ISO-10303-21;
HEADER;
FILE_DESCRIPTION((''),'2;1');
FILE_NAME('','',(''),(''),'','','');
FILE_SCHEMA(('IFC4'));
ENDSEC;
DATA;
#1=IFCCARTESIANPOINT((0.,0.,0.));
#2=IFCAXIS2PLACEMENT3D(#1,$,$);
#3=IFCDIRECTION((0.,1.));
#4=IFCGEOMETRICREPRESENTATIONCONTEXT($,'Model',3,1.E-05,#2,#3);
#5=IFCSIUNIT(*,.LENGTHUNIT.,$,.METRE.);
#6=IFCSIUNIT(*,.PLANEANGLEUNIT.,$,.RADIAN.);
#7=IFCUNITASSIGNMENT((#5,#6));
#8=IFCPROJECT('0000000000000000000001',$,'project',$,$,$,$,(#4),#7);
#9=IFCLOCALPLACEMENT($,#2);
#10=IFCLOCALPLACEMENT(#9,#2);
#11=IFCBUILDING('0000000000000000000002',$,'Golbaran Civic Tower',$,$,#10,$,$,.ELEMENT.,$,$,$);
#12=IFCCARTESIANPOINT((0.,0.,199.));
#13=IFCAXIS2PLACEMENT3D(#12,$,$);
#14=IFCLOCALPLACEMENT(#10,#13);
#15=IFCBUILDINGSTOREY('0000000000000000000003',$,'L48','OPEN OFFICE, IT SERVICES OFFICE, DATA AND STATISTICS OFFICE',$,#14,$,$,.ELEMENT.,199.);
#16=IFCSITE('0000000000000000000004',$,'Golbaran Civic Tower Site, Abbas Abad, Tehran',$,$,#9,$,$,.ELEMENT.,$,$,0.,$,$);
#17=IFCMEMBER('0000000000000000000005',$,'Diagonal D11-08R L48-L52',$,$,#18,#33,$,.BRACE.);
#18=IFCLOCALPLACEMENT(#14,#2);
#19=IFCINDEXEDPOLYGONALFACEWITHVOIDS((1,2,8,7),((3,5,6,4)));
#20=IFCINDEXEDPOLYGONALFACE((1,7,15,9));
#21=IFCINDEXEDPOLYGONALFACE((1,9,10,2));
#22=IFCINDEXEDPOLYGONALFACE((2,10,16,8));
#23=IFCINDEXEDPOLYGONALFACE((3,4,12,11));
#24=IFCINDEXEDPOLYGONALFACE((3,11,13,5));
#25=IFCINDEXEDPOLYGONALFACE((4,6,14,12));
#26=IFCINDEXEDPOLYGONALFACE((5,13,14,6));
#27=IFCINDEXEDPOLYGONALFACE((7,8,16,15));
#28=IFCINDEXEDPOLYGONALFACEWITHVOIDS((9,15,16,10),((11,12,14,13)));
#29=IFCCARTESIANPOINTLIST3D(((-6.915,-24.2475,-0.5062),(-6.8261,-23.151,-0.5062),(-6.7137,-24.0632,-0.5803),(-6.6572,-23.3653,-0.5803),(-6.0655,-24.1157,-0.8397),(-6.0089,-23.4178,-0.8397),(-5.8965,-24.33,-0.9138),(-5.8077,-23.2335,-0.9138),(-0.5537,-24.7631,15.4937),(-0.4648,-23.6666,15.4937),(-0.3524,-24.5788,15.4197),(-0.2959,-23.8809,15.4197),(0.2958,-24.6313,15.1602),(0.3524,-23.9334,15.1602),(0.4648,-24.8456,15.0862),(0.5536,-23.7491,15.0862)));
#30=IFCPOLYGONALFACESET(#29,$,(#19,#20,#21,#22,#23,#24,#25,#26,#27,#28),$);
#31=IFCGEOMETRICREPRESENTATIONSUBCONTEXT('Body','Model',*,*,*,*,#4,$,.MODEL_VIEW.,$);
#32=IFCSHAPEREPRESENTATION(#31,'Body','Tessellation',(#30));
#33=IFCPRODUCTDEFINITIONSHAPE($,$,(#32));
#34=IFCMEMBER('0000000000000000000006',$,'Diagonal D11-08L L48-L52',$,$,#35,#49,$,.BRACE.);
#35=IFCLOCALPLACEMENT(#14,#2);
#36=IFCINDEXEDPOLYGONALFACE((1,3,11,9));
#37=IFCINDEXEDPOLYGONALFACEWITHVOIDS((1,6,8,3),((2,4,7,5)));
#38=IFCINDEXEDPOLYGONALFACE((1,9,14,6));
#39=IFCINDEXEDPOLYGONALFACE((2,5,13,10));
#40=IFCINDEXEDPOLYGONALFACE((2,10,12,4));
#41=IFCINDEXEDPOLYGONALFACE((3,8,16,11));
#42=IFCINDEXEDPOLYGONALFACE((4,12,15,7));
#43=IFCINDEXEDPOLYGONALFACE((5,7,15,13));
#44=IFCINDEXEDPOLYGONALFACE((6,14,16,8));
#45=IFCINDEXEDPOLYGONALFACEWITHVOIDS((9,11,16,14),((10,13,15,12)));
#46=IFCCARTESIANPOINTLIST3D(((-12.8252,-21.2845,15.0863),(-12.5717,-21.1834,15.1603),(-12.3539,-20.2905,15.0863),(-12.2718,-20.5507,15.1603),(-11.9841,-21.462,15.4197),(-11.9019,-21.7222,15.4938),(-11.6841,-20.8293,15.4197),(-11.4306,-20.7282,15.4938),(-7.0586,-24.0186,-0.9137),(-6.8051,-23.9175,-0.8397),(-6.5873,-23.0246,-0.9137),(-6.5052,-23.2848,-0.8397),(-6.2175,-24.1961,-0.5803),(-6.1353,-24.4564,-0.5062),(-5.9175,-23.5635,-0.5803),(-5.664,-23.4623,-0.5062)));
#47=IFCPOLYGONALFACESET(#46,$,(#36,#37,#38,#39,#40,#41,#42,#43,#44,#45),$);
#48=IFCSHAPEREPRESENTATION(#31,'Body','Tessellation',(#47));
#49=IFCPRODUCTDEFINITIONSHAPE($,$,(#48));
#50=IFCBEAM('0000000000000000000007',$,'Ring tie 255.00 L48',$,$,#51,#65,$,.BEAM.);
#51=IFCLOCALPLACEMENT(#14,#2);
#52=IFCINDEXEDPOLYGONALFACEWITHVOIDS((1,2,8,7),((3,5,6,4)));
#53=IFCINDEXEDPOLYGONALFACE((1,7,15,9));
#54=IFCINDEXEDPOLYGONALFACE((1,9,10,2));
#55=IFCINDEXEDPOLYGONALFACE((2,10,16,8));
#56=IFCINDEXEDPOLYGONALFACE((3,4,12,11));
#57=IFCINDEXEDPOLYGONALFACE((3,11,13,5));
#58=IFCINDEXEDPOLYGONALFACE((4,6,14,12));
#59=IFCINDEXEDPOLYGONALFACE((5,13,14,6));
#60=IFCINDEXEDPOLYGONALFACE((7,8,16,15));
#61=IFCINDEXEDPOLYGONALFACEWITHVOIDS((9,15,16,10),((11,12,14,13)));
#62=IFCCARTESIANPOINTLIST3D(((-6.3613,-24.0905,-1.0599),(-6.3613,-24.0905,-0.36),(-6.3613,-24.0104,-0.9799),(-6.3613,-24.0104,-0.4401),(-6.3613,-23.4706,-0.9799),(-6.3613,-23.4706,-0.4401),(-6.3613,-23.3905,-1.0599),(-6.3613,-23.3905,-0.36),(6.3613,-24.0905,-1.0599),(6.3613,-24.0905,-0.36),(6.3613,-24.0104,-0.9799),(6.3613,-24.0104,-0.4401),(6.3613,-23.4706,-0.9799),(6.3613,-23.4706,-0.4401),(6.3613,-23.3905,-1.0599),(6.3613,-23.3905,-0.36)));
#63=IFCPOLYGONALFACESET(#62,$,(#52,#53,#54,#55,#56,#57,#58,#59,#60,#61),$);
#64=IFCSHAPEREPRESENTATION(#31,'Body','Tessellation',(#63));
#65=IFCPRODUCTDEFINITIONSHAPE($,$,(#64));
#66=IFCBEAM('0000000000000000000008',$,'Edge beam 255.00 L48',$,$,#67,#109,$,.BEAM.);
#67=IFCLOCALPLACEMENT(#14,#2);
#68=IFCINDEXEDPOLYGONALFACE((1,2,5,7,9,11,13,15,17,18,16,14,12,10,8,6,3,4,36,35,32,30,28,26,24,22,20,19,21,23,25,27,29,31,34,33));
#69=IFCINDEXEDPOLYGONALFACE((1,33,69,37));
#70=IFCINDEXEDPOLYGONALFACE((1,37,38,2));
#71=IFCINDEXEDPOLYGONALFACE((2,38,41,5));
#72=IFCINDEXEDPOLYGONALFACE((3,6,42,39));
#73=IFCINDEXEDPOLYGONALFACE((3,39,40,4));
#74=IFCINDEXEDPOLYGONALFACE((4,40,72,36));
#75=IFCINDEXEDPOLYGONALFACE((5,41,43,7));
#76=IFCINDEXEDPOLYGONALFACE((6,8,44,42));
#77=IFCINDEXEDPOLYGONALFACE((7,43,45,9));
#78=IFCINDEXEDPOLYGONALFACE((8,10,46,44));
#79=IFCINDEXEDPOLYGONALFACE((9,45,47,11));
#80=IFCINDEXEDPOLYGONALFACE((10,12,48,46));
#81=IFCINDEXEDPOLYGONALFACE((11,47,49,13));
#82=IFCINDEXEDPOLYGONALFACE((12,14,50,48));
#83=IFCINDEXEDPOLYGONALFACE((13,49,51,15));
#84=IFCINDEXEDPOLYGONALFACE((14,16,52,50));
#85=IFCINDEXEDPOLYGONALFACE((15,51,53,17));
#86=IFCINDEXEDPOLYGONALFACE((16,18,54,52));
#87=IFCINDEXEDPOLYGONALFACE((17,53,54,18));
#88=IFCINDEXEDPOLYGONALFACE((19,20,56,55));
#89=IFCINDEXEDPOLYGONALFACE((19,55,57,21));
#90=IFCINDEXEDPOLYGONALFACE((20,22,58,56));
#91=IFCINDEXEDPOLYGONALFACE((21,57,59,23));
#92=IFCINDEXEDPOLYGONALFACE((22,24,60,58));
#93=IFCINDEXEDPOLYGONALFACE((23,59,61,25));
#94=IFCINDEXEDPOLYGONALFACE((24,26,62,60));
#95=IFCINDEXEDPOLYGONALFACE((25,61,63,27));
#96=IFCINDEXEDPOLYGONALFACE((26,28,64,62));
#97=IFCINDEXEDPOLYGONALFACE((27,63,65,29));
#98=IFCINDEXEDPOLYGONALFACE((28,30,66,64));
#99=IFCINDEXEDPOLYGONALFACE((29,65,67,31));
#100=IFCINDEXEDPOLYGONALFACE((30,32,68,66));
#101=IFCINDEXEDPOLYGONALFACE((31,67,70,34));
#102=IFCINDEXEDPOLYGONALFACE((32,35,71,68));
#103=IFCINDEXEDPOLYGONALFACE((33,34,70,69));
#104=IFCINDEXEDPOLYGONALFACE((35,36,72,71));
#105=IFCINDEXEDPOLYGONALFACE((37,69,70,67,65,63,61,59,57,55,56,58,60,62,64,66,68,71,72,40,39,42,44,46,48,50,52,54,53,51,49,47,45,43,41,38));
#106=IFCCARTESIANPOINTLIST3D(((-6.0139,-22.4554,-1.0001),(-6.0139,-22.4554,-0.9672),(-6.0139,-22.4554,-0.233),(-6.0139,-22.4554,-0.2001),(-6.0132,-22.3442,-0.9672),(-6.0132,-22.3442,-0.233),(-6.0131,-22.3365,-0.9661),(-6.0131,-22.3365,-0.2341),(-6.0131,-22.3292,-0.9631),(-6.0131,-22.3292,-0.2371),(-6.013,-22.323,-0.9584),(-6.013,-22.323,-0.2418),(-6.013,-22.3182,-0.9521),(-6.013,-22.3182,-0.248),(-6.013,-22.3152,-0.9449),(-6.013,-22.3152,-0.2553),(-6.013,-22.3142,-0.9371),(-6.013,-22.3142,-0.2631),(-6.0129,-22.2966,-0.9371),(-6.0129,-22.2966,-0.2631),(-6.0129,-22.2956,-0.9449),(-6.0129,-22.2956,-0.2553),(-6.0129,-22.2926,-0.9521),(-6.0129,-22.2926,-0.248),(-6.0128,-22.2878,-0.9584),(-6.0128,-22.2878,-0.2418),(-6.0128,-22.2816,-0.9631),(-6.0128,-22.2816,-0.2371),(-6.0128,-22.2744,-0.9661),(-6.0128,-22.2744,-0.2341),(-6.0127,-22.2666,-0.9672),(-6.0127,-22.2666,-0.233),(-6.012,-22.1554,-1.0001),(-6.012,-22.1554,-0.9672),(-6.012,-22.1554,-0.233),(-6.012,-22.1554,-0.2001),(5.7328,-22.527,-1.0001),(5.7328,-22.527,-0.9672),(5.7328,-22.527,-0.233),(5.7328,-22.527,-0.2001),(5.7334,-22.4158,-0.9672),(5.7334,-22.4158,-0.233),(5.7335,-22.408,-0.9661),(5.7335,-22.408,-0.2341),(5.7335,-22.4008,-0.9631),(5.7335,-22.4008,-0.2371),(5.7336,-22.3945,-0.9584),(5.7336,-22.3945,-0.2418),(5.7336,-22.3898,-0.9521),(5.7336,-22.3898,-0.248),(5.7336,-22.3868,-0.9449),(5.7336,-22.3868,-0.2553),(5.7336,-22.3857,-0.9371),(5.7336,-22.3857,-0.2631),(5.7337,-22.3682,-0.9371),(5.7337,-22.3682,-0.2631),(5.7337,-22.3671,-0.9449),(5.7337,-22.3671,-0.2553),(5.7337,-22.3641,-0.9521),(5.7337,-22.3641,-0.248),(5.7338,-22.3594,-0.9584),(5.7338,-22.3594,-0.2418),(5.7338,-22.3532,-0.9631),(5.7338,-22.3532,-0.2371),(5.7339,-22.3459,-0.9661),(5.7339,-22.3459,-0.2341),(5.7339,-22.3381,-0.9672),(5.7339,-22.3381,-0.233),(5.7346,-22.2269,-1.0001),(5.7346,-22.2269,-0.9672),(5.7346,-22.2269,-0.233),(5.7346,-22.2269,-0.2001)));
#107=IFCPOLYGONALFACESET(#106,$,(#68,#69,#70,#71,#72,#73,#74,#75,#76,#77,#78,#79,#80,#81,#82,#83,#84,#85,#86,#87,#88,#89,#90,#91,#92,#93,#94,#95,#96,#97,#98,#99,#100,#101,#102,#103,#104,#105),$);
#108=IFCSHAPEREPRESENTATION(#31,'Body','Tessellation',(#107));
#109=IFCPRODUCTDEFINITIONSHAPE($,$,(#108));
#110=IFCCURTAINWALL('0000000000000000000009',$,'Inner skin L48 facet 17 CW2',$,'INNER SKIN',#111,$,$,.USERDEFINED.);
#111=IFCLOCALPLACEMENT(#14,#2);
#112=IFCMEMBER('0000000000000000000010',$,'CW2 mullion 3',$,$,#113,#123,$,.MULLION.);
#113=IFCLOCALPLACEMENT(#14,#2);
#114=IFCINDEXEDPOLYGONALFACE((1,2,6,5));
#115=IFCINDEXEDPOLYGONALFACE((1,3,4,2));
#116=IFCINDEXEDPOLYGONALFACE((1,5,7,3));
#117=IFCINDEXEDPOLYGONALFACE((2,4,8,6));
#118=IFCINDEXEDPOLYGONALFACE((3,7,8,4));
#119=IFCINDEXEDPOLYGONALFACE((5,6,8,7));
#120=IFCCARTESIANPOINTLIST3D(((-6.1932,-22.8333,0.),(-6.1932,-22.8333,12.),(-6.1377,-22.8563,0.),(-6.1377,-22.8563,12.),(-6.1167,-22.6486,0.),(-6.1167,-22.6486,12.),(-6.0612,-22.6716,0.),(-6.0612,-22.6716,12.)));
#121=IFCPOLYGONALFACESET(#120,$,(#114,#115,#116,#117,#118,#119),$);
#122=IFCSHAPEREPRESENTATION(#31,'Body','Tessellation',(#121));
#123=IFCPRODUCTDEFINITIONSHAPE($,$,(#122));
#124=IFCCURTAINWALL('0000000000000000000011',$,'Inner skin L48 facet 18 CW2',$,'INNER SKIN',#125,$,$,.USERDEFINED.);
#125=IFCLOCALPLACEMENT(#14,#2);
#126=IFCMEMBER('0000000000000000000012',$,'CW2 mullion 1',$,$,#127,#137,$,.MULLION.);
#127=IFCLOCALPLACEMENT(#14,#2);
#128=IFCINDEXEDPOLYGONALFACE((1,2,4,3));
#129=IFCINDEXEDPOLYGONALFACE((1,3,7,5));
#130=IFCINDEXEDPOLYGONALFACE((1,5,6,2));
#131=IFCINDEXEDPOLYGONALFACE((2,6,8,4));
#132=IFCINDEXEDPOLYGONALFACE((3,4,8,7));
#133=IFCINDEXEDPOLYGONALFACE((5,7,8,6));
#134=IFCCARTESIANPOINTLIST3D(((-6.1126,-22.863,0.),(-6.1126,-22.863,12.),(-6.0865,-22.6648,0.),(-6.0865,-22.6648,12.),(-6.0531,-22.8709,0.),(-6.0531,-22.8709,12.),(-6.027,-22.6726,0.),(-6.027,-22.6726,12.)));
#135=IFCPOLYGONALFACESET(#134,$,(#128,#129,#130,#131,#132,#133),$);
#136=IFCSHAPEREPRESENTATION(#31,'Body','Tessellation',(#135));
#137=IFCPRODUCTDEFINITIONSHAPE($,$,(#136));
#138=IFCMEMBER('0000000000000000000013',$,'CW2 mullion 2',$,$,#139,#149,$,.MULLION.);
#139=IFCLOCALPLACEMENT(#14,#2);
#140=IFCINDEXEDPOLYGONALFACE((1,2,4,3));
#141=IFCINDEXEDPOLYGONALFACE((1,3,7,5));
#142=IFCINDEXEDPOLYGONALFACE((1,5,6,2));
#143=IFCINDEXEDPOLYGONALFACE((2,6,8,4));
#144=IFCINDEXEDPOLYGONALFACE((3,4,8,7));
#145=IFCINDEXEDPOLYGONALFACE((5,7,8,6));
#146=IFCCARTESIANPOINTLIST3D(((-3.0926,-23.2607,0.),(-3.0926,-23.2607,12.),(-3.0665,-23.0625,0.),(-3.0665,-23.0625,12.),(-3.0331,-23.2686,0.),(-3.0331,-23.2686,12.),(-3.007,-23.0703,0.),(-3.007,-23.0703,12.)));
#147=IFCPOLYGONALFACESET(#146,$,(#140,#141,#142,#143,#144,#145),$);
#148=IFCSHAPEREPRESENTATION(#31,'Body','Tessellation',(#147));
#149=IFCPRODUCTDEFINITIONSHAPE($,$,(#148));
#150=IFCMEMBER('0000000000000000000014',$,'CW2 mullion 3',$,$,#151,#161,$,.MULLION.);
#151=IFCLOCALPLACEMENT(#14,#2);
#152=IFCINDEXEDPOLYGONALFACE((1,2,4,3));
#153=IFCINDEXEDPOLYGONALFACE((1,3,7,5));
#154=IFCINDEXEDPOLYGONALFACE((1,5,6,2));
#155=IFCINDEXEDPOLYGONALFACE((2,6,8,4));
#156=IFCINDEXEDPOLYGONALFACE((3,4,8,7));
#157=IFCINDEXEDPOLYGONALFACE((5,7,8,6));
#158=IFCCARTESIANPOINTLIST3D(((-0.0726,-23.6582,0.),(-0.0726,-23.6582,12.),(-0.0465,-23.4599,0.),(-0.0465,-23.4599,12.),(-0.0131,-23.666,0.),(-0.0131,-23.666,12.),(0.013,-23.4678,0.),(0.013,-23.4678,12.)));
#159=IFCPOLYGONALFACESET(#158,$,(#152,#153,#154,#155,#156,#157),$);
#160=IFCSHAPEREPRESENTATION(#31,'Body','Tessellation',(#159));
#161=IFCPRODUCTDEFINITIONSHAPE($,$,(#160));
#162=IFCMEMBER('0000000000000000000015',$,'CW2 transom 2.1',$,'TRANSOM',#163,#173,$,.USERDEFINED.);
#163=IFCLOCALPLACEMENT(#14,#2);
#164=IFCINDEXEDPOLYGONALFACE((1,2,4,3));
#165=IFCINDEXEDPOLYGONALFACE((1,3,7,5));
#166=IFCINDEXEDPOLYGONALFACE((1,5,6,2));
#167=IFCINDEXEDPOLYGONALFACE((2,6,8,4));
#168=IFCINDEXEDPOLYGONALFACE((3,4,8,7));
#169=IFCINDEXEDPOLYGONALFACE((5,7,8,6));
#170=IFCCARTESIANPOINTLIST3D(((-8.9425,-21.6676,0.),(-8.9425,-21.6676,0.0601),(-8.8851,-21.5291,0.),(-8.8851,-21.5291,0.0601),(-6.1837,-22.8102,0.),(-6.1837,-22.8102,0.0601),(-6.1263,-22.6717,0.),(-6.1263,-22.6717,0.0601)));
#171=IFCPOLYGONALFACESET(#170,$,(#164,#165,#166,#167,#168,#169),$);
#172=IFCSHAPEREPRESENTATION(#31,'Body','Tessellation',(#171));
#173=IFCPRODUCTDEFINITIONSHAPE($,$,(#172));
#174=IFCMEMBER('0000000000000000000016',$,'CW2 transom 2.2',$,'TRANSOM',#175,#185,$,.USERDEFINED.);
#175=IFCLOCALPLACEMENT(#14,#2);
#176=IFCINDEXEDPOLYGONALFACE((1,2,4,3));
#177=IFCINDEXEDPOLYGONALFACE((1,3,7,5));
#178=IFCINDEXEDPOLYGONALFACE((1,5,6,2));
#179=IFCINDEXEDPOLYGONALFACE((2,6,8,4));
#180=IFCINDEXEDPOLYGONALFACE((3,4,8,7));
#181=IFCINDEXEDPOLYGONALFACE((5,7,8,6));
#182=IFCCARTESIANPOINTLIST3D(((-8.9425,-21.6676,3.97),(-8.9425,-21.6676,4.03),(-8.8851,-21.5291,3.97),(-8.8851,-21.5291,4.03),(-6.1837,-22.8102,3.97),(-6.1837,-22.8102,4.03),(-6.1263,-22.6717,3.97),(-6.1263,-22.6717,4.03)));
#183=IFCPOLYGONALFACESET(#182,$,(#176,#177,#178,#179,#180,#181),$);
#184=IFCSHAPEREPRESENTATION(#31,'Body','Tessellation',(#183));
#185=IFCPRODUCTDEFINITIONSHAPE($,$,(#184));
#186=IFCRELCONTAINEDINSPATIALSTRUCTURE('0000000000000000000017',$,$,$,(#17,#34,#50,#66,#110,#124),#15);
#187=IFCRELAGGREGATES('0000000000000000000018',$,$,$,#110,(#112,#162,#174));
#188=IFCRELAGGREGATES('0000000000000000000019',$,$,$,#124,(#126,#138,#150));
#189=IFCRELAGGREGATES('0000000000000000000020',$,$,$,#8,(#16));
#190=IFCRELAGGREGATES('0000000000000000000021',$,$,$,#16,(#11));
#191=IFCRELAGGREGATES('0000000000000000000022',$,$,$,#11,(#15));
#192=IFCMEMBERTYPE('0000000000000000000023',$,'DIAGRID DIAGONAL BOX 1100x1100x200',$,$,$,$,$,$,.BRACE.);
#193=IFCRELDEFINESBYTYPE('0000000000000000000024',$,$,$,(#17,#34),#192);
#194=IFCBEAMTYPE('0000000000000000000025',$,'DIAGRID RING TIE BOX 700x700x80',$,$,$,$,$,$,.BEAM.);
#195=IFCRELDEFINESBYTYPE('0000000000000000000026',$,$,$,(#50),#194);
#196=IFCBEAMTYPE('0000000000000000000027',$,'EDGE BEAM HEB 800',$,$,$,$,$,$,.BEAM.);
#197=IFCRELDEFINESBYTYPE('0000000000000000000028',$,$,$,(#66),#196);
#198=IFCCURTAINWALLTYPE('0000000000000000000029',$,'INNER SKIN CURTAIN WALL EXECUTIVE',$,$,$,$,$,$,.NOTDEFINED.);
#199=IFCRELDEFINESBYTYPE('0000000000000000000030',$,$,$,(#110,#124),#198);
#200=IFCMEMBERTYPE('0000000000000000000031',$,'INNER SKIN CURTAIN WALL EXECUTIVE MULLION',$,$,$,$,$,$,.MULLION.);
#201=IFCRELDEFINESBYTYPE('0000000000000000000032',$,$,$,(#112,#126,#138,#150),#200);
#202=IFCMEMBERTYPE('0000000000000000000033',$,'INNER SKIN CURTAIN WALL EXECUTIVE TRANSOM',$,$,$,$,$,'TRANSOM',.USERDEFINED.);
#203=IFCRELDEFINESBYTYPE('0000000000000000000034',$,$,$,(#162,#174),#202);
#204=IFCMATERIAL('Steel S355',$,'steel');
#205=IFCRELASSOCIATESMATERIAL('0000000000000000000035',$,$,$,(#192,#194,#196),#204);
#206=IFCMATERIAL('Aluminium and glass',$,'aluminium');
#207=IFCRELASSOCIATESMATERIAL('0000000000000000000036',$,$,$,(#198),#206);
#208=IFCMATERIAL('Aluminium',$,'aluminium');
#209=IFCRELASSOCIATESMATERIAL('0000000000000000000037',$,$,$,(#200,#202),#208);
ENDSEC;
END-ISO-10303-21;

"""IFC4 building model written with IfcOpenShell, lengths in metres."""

from ifc_helpers import new_model, si_unit, direction, frame, origin, origin_2d, place, context, subcontext, project, spatial, rectangle, hollow_rectangle, i_section, extrude, material, material_profile, profile_set, type_object, element, aggregate, save


model = new_model("IFC4")

# Units and contexts
model_context = context("Model", 3, precision=1e-05, world=origin(), true_north=direction((0.0, 1.0)))
body_context = subcontext(model_context, "Body", "Model", "MODEL_VIEW")
ifc_project = project(units=[si_unit("LENGTHUNIT", "METRE"), si_unit("PLANEANGLEUNIT", "RADIAN")], contexts=[model_context])

# Site, building, storey
site_placement = place(None, origin())
site = spatial("IfcSite", under=ifc_project, at=site_placement, Name="Golbaran Civic Tower Site, Abbas Abad, Tehran", CompositionType="ELEMENT", RefElevation=0.0)
building_placement = place(site_placement, origin())
building = spatial("IfcBuilding", under=site, at=building_placement, Name="Golbaran Civic Tower", CompositionType="ELEMENT")
storey_placement = place(building_placement, frame((0.0, 0.0, 199.0)))
storey = spatial("IfcBuildingStorey", under=building, at=storey_placement, Name="L48", Description="OPEN OFFICE, IT SERVICES OFFICE, DATA AND STATISTICS OFFICE", CompositionType="ELEMENT", Elevation=199.0)

# Members
ifc_material_1 = material(Name="Steel S355", Category="steel")
ifc_material_profile_1 = material_profile(ifc_material_1, hollow_rectangle(XDim=1.1001, YDim=1.1001, WallThickness=0.2, at=origin_2d()), Name="BOX 1100x1100x200")
ifc_profile_set_1 = profile_set([ifc_material_profile_1], Name="Steel S355")
member_type_1 = type_object("IfcMemberType", Name="DIAGRID DIAGONAL BOX 1100x1100x200", PredefinedType="BRACE", material=ifc_profile_set_1)
for number, where, z_axis, x_axis, name in (
    (1, (-6.3613, -23.7405, -0.71), (0.369288, -0.029933, 0.928833), (0.080791, 0.996731, 0.0), "Diagonal D11-08R L48-L52"),
    (2, (-6.3613, -23.7405, -0.71), (-0.334765, 0.158723, 0.928838), (-0.428417, -0.903581, 0.0), "Diagonal D11-08L L48-L52"),
):
    element("IfcMember", number, at=place(storey_placement, frame(where, z_axis=z_axis, x_axis=x_axis)), inside=storey, type_object=member_type_1, Name=name, PredefinedType="BRACE", context=body_context, shape_type="SweptSolid", body=[
        extrude(hollow_rectangle(XDim=1.1001, YDim=1.1001, WallThickness=0.2, at=origin_2d()), origin(), (0.0, 0.0, 1.0), 17.2258),
    ])

# Beams
ifc_material_profile_2 = material_profile(ifc_material_1, hollow_rectangle(XDim=0.7, YDim=0.7, WallThickness=0.0801, at=origin_2d()), Name="BOX 700x700x80")
ifc_profile_set_2 = profile_set([ifc_material_profile_2], Name="Steel S355")
beam_type_1 = type_object("IfcBeamType", Name="DIAGRID RING TIE BOX 700x700x80", PredefinedType="BEAM", material=ifc_profile_set_2)
beam_1_placement = place(storey_placement, frame((-6.3613, -23.7405, -0.71), z_axis=(1.0, 0.0, 0.0), x_axis=(0.0, 1.0, 0.0)))
element("IfcBeam", 3, at=beam_1_placement, inside=storey, type_object=beam_type_1, Name="Ring tie 255.00 L48", PredefinedType="BEAM", context=body_context, shape_type="SweptSolid", body=[
    extrude(hollow_rectangle(XDim=0.7, YDim=0.7, WallThickness=0.0801, at=origin_2d()), origin(), (0.0, 0.0, 1.0), 12.7227),
])
ifc_material_profile_3 = material_profile(ifc_material_1, i_section(OverallWidth=0.3, OverallDepth=0.8, WebThickness=0.0176, FlangeThickness=0.033, FilletRadius=0.03, at=origin_2d()), Name="HEB 800")
ifc_profile_set_3 = profile_set([ifc_material_profile_3], Name="Steel S355")
beam_type_2 = type_object("IfcBeamType", Name="EDGE BEAM HEB 800", PredefinedType="BEAM", material=ifc_profile_set_3)
beam_2_placement = place(storey_placement, frame((-6.0129, -22.3054, -0.6001), z_axis=(0.999981, -0.00609, 0.0), x_axis=(0.00609, 0.999981, 0.0)))
element("IfcBeam", 4, at=beam_2_placement, inside=storey, type_object=beam_type_2, Name="Edge beam 255.00 L48", PredefinedType="BEAM", context=body_context, shape_type="SweptSolid", body=[
    extrude(i_section(OverallWidth=0.3, OverallDepth=0.8, WebThickness=0.0176, FlangeThickness=0.033, FilletRadius=0.03, at=origin_2d()), origin(), (0.0, 0.0, 1.0), 11.7468),
])

# Curtain wall, member
ifc_material_2 = material(Name="Aluminium and glass", Category="aluminium")
curtain_wall_type_1 = type_object("IfcCurtainWallType", Name="INNER SKIN CURTAIN WALL EXECUTIVE", PredefinedType="NOTDEFINED", material=ifc_material_2)
curtain_wall_1_placement = place(storey_placement, origin())
curtain_wall_1 = element("IfcCurtainWall", 5, at=curtain_wall_1_placement, inside=storey, type_object=curtain_wall_type_1, Name="Inner skin L48 facet 17 CW2", ObjectType="INNER SKIN", PredefinedType="USERDEFINED")
ifc_material_3 = material(Name="Aluminium", Category="aluminium")
ifc_material_profile_4 = material_profile(ifc_material_3, rectangle(XDim=0.2, YDim=0.0601, at=origin_2d()), Name="INNER SKIN CURTAIN WALL EXECUTIVE MULLION")
ifc_profile_set_4 = profile_set([ifc_material_profile_4], Name="Aluminium")
member_type_2 = type_object("IfcMemberType", Name="INNER SKIN CURTAIN WALL EXECUTIVE MULLION", PredefinedType="MULLION", material=ifc_profile_set_4)
member_1_placement = place(storey_placement, frame((-6.1272, -22.7524, 0.0), z_axis=(0.0, 0.0, 1.0), x_axis=(0.382683, 0.92388, 0.0)))
member_1 = element("IfcMember", 6, at=member_1_placement, type_object=member_type_2, Name="CW2 mullion 3", PredefinedType="MULLION", context=body_context, shape_type="SweptSolid", body=[
    extrude(rectangle(XDim=0.2, YDim=0.0601, at=origin_2d()), origin(), (0.0, 0.0, 1.0), 12.0),
])

# Curtain wall, members
curtain_wall_2_placement = place(storey_placement, origin())
curtain_wall_2 = element("IfcCurtainWall", 7, at=curtain_wall_2_placement, inside=storey, type_object=curtain_wall_type_1, Name="Inner skin L48 facet 18 CW2", ObjectType="INNER SKIN", PredefinedType="USERDEFINED")
member_2_placement = place(storey_placement, frame((-6.0698, -22.7678, 0.0), z_axis=(0.0, 0.0, 1.0), x_axis=(0.130526, 0.991445, 0.0)))
member_2 = element("IfcMember", 8, at=member_2_placement, type_object=member_type_2, Name="CW2 mullion 1", PredefinedType="MULLION", context=body_context, shape_type="SweptSolid", body=[
    extrude(rectangle(XDim=0.2, YDim=0.0601, at=origin_2d()), origin(), (0.0, 0.0, 1.0), 12.0),
])
member_3_placement = place(storey_placement, frame((-3.0498, -23.1655, 0.0), z_axis=(0.0, 0.0, 1.0), x_axis=(0.130526, 0.991445, 0.0)))
member_3 = element("IfcMember", 9, at=member_3_placement, type_object=member_type_2, Name="CW2 mullion 2", PredefinedType="MULLION", context=body_context, shape_type="SweptSolid", body=[
    extrude(rectangle(XDim=0.2, YDim=0.0601, at=origin_2d()), origin(), (0.0, 0.0, 1.0), 12.0),
])
member_4_placement = place(storey_placement, frame((-0.0298, -23.563, 0.0), z_axis=(0.0, 0.0, 1.0), x_axis=(0.130526, 0.991445, 0.0)))
member_4 = element("IfcMember", 10, at=member_4_placement, type_object=member_type_2, Name="CW2 mullion 3", PredefinedType="MULLION", context=body_context, shape_type="SweptSolid", body=[
    extrude(rectangle(XDim=0.2, YDim=0.0601, at=origin_2d()), origin(), (0.0, 0.0, 1.0), 12.0),
])

# Members
ifc_material_profile_5 = material_profile(ifc_material_3, rectangle(XDim=0.1499, YDim=0.0601, at=origin_2d()), Name="INNER SKIN CURTAIN WALL EXECUTIVE TRANSOM")
ifc_profile_set_5 = profile_set([ifc_material_profile_5], Name="Aluminium")
member_type_3 = type_object("IfcMemberType", Name="INNER SKIN CURTAIN WALL EXECUTIVE TRANSOM", ElementType="TRANSOM", PredefinedType="USERDEFINED", material=ifc_profile_set_5)
member_5_placement = place(storey_placement, frame((-8.9138, -21.5984, 0.03), z_axis=(0.923897, -0.382641, 0.0), x_axis=(0.382641, 0.923897, 0.0)))
member_5 = element("IfcMember", 11, at=member_5_placement, type_object=member_type_3, Name="CW2 transom 2.1", ObjectType="TRANSOM", PredefinedType="USERDEFINED", context=body_context, shape_type="SweptSolid", body=[
    extrude(rectangle(XDim=0.1499, YDim=0.0601, at=origin_2d()), origin(), (0.0, 0.0, 1.0), 2.9861),
])
member_6_placement = place(storey_placement, frame((-8.9138, -21.5984, 4.0), z_axis=(0.923897, -0.382641, 0.0), x_axis=(0.382641, 0.923897, 0.0)))
member_6 = element("IfcMember", 12, at=member_6_placement, type_object=member_type_3, Name="CW2 transom 2.2", ObjectType="TRANSOM", PredefinedType="USERDEFINED", context=body_context, shape_type="SweptSolid", body=[
    extrude(rectangle(XDim=0.1499, YDim=0.0601, at=origin_2d()), origin(), (0.0, 0.0, 1.0), 2.9861),
])

aggregate(curtain_wall_1, [member_1, member_5, member_6])
aggregate(curtain_wall_2, [member_2, member_3, member_4])

save(model, "model.ifc")
